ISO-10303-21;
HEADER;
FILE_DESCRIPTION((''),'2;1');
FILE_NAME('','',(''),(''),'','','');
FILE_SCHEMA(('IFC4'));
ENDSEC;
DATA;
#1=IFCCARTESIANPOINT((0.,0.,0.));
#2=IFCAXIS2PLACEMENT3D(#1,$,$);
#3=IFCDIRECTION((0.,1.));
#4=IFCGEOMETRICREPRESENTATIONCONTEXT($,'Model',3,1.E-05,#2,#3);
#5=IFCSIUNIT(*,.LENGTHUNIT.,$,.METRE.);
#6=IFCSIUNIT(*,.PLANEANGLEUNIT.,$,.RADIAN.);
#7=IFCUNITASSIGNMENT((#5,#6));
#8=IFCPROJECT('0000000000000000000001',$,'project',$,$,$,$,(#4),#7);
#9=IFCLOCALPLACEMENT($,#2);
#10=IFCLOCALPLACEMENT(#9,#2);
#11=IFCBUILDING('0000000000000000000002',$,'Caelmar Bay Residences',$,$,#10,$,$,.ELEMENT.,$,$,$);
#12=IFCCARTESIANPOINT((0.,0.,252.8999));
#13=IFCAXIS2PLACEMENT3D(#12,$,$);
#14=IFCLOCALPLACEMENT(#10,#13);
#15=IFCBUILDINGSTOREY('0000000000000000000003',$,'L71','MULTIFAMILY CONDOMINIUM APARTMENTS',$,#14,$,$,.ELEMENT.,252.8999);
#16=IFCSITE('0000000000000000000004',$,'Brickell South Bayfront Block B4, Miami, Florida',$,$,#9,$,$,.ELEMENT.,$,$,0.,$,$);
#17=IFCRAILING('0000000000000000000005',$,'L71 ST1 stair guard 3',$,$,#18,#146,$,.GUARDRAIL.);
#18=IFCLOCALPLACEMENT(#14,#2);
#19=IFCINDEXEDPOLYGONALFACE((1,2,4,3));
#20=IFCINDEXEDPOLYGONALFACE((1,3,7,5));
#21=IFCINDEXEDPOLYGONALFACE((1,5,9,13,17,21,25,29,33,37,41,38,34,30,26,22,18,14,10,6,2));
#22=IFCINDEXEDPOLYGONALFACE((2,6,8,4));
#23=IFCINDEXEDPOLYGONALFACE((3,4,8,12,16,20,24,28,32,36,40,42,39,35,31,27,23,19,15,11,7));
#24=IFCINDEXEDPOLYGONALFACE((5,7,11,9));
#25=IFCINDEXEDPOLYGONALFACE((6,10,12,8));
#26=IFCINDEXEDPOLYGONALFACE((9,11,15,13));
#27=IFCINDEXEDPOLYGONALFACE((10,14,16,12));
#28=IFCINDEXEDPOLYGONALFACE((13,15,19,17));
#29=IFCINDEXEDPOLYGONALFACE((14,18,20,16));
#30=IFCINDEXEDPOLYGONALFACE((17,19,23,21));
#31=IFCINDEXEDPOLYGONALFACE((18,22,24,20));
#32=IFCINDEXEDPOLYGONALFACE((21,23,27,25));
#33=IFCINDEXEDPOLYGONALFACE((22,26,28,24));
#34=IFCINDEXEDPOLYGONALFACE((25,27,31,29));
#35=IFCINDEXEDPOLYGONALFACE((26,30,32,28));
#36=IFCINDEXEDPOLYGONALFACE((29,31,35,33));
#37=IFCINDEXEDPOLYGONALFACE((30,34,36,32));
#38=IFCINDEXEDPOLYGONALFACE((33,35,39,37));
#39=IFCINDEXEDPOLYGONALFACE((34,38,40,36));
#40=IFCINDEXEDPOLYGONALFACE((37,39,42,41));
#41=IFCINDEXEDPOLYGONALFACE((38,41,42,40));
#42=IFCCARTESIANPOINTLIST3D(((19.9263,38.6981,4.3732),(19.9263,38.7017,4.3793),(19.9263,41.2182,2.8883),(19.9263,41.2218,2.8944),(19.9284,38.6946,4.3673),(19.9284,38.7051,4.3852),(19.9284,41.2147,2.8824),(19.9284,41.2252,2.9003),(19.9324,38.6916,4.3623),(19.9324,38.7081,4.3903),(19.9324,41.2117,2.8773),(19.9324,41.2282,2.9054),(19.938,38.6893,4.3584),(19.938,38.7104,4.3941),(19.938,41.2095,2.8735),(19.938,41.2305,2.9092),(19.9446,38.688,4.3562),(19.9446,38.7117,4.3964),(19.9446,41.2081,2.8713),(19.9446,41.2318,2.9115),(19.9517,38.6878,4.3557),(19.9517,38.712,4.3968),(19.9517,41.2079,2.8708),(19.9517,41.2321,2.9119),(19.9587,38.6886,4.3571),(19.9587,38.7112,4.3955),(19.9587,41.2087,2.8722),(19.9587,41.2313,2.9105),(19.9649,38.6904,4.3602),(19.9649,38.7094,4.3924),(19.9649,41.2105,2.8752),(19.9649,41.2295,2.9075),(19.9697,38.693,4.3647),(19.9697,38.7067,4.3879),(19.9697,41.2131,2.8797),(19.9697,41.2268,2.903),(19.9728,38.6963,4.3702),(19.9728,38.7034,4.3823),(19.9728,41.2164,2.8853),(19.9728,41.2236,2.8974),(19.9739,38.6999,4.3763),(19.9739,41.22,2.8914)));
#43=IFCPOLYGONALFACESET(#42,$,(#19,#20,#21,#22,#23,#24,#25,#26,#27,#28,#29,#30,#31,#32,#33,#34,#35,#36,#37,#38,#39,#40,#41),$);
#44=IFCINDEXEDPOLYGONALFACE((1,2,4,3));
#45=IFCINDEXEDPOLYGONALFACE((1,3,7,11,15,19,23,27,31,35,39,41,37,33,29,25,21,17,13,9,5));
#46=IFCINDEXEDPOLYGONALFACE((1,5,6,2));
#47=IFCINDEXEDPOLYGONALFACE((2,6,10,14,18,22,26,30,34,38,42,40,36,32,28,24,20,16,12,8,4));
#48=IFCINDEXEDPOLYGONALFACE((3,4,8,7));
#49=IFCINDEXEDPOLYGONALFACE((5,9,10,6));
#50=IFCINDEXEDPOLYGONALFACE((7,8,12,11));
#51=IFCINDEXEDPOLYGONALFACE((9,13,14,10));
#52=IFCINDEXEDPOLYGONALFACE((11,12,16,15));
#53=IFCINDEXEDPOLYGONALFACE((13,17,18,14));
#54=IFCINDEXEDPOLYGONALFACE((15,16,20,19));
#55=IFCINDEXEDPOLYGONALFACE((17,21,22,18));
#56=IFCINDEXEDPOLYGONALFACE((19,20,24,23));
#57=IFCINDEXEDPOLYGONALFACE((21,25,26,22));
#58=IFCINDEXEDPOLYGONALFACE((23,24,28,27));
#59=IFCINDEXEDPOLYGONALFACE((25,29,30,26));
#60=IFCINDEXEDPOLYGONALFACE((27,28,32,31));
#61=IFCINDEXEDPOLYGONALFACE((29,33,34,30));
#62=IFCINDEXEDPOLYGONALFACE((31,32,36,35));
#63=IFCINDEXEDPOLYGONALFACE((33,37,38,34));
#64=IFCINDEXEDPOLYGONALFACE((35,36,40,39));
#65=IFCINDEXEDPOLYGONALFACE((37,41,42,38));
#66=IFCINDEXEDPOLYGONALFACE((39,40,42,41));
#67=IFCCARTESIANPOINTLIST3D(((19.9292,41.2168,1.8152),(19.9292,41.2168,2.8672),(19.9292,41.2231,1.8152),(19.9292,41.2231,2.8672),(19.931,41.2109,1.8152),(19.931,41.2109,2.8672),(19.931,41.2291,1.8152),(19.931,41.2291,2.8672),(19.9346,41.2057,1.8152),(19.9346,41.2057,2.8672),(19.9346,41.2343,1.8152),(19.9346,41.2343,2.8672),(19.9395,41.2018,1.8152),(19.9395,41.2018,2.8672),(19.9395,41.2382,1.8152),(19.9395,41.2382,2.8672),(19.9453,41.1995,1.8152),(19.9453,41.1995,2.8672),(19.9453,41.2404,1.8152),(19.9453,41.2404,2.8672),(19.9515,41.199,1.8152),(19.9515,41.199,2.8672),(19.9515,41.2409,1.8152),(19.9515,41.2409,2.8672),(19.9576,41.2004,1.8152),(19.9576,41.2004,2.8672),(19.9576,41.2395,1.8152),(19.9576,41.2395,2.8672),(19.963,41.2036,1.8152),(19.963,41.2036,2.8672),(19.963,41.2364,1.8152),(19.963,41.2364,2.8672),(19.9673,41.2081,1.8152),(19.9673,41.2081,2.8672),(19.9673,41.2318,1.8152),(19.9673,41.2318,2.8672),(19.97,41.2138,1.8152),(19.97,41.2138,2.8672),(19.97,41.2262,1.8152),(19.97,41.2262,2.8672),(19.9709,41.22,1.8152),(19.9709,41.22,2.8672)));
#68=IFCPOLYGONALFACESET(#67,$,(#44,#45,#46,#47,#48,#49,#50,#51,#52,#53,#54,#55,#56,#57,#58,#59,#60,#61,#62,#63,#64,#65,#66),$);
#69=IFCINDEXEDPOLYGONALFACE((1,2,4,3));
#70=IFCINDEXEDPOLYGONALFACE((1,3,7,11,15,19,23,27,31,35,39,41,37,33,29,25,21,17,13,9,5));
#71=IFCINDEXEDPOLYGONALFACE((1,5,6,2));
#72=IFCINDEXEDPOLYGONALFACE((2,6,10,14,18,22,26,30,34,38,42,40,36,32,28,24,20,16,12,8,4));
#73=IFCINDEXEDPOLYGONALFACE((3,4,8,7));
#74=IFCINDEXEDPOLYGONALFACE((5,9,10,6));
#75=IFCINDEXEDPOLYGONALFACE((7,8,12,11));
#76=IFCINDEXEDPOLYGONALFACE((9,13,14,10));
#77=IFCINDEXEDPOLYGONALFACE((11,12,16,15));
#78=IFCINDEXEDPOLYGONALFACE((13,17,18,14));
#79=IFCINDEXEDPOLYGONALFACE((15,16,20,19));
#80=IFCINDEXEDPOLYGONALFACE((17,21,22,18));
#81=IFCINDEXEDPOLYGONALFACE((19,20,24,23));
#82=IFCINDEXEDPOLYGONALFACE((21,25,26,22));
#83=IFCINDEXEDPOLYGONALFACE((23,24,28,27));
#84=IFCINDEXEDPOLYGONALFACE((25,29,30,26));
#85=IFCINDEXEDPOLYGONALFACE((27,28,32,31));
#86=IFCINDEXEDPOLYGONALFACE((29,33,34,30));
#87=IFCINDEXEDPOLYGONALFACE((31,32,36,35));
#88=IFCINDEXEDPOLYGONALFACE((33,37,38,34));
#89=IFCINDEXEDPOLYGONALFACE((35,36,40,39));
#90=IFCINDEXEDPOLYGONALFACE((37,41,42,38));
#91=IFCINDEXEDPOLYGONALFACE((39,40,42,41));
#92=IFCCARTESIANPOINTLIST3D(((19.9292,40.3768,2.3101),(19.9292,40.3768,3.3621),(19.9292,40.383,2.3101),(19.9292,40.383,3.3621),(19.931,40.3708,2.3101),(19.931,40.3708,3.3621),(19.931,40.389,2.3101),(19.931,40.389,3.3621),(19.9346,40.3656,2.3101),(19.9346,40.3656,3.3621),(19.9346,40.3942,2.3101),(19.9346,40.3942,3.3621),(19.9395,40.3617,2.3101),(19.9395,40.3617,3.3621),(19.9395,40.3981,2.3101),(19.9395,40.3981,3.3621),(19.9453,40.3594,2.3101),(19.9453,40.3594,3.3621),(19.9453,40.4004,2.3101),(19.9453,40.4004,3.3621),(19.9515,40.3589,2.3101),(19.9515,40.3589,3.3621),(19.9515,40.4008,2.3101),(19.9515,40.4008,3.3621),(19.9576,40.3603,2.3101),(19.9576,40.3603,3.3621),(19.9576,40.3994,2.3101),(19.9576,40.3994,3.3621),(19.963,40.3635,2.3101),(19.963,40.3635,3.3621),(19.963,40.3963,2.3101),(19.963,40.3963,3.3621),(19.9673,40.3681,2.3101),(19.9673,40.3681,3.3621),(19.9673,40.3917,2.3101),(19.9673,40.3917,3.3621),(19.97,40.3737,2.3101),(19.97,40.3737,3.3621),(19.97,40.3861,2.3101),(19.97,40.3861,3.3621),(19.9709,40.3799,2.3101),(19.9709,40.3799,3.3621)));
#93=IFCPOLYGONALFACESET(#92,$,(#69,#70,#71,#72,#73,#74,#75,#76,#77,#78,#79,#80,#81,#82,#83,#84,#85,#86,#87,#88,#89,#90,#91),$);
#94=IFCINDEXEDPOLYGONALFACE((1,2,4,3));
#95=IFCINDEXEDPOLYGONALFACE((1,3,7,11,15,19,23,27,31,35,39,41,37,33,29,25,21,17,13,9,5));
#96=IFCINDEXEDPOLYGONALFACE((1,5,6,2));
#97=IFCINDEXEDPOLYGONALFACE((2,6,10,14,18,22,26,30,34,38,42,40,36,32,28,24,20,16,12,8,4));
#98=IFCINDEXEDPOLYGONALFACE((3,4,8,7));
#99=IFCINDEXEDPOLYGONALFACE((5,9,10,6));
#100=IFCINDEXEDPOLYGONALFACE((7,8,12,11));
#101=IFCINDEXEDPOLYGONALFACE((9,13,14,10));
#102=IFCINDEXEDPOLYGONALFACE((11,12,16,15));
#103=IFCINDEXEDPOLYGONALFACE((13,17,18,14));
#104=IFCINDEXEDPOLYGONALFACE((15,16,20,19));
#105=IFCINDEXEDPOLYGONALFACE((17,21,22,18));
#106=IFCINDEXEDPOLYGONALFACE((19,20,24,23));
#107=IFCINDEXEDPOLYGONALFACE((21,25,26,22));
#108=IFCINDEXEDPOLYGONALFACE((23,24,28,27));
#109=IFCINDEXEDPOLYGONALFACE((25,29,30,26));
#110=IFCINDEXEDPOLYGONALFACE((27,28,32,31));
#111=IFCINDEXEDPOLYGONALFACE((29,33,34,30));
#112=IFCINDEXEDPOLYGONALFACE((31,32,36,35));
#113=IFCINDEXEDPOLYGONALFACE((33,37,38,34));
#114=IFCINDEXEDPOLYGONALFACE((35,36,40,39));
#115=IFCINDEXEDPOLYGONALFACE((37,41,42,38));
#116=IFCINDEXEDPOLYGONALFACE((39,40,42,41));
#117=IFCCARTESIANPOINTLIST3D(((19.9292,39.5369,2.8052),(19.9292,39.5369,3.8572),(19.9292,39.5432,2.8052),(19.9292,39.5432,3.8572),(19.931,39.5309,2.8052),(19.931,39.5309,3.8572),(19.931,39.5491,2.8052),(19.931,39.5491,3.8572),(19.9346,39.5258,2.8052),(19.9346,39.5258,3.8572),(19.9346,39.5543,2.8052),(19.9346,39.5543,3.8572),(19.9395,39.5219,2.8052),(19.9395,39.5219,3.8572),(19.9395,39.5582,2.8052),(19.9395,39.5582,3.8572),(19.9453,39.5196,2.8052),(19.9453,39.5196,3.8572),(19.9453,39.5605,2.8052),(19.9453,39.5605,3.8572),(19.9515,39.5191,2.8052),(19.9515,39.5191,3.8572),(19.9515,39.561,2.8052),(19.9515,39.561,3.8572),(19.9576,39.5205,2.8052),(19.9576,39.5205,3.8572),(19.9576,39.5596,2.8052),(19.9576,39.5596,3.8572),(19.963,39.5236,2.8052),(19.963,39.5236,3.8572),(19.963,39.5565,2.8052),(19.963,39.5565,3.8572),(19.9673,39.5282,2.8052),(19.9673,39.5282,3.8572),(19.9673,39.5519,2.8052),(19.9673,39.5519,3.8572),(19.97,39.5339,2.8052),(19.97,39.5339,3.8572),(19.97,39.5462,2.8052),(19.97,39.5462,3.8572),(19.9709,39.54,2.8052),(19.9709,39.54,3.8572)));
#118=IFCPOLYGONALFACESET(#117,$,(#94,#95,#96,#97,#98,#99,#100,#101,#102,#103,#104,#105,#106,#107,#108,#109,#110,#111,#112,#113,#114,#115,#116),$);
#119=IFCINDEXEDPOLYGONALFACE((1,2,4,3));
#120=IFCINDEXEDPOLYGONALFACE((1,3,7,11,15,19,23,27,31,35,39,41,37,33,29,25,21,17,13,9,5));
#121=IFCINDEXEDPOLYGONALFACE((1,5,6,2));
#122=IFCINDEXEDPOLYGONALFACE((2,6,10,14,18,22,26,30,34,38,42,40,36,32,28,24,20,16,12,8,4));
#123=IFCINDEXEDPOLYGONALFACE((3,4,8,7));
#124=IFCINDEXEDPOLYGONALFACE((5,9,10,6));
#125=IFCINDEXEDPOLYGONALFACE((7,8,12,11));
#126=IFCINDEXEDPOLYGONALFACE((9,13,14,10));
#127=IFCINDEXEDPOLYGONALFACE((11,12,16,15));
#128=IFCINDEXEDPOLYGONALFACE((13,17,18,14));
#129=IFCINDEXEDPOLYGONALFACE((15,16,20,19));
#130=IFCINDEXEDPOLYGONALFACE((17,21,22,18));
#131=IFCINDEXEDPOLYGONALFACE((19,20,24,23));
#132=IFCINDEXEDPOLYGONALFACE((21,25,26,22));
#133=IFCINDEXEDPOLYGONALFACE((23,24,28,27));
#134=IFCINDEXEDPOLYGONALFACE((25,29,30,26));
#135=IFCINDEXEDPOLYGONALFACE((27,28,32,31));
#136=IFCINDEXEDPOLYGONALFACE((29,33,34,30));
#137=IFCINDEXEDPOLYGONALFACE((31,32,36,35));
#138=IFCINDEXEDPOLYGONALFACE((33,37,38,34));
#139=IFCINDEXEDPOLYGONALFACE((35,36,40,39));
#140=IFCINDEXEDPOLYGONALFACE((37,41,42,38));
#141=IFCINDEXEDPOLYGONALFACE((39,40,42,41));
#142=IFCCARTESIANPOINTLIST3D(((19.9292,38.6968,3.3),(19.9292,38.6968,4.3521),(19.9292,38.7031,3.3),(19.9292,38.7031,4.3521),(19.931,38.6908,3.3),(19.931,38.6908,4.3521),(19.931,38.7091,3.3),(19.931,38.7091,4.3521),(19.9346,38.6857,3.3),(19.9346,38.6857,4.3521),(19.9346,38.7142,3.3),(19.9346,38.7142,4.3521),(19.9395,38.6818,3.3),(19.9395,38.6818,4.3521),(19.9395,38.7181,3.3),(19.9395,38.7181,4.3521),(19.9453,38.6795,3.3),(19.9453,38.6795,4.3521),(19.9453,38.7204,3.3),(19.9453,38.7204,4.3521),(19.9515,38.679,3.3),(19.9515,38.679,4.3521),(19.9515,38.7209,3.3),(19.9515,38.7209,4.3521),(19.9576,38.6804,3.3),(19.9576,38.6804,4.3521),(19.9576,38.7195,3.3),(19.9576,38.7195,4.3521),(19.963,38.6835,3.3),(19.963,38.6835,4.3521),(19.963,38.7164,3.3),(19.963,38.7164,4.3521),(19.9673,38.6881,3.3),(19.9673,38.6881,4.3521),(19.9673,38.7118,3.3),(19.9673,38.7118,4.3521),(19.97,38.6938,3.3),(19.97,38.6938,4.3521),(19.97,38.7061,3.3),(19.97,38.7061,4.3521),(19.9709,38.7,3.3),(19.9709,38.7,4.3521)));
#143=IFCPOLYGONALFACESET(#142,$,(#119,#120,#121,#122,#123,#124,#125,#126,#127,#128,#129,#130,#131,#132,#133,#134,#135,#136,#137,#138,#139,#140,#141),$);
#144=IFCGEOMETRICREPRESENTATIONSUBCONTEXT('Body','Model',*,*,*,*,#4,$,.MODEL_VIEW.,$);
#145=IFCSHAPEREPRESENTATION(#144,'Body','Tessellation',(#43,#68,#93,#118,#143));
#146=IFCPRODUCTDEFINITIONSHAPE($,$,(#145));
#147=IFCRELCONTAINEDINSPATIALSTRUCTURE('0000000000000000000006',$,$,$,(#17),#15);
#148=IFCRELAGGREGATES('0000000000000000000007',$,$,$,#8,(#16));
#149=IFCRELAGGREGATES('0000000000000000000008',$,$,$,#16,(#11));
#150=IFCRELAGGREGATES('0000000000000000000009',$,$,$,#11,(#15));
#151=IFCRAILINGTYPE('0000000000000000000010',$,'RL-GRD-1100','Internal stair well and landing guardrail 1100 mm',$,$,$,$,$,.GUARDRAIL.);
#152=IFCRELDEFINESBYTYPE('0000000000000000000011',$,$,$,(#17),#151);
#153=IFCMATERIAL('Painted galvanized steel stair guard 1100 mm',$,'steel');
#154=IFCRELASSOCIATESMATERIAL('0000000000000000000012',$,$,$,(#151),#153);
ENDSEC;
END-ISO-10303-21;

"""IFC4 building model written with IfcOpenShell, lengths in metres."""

from ifc_helpers import new_model, si_unit, direction, frame, origin, origin_2d, place, context, subcontext, project, spatial, circle, extrude, material, type_object, element, save


model = new_model("IFC4")

# Units and contexts
model_context = context("Model", 3, precision=1e-05, world=origin(), true_north=direction((0.0, 1.0)))
body_context = subcontext(model_context, "Body", "Model", "MODEL_VIEW")
ifc_project = project(units=[si_unit("LENGTHUNIT", "METRE"), si_unit("PLANEANGLEUNIT", "RADIAN")], contexts=[model_context])

# Site, building, storey
site_placement = place(None, origin())
site = spatial("IfcSite", under=ifc_project, at=site_placement, Name="Brickell South Bayfront Block B4, Miami, Florida", CompositionType="ELEMENT", RefElevation=0.0)
building_placement = place(site_placement, origin())
building = spatial("IfcBuilding", under=site, at=building_placement, Name="Caelmar Bay Residences", CompositionType="ELEMENT")
storey_placement = place(building_placement, frame((0.0, 0.0, 252.8999)))
storey = spatial("IfcBuildingStorey", under=building, at=storey_placement, Name="L71", Description="MULTIFAMILY CONDOMINIUM APARTMENTS", CompositionType="ELEMENT", Elevation=252.8999)

# Railing
ifc_material_1 = material(Name="Painted galvanized steel stair guard 1100 mm", Category="steel")
railing_type_1 = type_object("IfcRailingType", Name="RL-GRD-1100", Description="Internal stair well and landing guardrail 1100 mm", PredefinedType="GUARDRAIL", material=ifc_material_1)
railing_1_placement = place(storey_placement, frame((19.95, 41.22, 1.8152)))
element("IfcRailing", 1, at=railing_1_placement, inside=storey, type_object=railing_type_1, Name="L71 ST1 stair guard 3", PredefinedType="GUARDRAIL", context=body_context, shape_type="SweptSolid", body=[
    extrude(circle(Radius=0.0239, at=origin_2d()), frame((0.0, 0.0, 1.0762), z_axis=(0.0, -0.861561, 0.507655), x_axis=(1.0, 0.0, 0.0)), (0.0, 0.0, 1.0), 2.925),
    extrude(circle(Radius=0.021, at=origin_2d()), origin(), (0.0, 0.0, 1.0), 1.052),
    extrude(circle(Radius=0.021, at=origin_2d()), frame((0.0, -0.8401, 0.4949)), (0.0, 0.0, 1.0), 1.052),
    extrude(circle(Radius=0.021, at=origin_2d()), frame((0.0, -1.6799, 0.99)), (0.0, 0.0, 1.0), 1.052),
    extrude(circle(Radius=0.021, at=origin_2d()), frame((0.0, -2.52, 1.4849)), (0.0, 0.0, 1.0), 1.052),
])

save(model, "model.ifc")
